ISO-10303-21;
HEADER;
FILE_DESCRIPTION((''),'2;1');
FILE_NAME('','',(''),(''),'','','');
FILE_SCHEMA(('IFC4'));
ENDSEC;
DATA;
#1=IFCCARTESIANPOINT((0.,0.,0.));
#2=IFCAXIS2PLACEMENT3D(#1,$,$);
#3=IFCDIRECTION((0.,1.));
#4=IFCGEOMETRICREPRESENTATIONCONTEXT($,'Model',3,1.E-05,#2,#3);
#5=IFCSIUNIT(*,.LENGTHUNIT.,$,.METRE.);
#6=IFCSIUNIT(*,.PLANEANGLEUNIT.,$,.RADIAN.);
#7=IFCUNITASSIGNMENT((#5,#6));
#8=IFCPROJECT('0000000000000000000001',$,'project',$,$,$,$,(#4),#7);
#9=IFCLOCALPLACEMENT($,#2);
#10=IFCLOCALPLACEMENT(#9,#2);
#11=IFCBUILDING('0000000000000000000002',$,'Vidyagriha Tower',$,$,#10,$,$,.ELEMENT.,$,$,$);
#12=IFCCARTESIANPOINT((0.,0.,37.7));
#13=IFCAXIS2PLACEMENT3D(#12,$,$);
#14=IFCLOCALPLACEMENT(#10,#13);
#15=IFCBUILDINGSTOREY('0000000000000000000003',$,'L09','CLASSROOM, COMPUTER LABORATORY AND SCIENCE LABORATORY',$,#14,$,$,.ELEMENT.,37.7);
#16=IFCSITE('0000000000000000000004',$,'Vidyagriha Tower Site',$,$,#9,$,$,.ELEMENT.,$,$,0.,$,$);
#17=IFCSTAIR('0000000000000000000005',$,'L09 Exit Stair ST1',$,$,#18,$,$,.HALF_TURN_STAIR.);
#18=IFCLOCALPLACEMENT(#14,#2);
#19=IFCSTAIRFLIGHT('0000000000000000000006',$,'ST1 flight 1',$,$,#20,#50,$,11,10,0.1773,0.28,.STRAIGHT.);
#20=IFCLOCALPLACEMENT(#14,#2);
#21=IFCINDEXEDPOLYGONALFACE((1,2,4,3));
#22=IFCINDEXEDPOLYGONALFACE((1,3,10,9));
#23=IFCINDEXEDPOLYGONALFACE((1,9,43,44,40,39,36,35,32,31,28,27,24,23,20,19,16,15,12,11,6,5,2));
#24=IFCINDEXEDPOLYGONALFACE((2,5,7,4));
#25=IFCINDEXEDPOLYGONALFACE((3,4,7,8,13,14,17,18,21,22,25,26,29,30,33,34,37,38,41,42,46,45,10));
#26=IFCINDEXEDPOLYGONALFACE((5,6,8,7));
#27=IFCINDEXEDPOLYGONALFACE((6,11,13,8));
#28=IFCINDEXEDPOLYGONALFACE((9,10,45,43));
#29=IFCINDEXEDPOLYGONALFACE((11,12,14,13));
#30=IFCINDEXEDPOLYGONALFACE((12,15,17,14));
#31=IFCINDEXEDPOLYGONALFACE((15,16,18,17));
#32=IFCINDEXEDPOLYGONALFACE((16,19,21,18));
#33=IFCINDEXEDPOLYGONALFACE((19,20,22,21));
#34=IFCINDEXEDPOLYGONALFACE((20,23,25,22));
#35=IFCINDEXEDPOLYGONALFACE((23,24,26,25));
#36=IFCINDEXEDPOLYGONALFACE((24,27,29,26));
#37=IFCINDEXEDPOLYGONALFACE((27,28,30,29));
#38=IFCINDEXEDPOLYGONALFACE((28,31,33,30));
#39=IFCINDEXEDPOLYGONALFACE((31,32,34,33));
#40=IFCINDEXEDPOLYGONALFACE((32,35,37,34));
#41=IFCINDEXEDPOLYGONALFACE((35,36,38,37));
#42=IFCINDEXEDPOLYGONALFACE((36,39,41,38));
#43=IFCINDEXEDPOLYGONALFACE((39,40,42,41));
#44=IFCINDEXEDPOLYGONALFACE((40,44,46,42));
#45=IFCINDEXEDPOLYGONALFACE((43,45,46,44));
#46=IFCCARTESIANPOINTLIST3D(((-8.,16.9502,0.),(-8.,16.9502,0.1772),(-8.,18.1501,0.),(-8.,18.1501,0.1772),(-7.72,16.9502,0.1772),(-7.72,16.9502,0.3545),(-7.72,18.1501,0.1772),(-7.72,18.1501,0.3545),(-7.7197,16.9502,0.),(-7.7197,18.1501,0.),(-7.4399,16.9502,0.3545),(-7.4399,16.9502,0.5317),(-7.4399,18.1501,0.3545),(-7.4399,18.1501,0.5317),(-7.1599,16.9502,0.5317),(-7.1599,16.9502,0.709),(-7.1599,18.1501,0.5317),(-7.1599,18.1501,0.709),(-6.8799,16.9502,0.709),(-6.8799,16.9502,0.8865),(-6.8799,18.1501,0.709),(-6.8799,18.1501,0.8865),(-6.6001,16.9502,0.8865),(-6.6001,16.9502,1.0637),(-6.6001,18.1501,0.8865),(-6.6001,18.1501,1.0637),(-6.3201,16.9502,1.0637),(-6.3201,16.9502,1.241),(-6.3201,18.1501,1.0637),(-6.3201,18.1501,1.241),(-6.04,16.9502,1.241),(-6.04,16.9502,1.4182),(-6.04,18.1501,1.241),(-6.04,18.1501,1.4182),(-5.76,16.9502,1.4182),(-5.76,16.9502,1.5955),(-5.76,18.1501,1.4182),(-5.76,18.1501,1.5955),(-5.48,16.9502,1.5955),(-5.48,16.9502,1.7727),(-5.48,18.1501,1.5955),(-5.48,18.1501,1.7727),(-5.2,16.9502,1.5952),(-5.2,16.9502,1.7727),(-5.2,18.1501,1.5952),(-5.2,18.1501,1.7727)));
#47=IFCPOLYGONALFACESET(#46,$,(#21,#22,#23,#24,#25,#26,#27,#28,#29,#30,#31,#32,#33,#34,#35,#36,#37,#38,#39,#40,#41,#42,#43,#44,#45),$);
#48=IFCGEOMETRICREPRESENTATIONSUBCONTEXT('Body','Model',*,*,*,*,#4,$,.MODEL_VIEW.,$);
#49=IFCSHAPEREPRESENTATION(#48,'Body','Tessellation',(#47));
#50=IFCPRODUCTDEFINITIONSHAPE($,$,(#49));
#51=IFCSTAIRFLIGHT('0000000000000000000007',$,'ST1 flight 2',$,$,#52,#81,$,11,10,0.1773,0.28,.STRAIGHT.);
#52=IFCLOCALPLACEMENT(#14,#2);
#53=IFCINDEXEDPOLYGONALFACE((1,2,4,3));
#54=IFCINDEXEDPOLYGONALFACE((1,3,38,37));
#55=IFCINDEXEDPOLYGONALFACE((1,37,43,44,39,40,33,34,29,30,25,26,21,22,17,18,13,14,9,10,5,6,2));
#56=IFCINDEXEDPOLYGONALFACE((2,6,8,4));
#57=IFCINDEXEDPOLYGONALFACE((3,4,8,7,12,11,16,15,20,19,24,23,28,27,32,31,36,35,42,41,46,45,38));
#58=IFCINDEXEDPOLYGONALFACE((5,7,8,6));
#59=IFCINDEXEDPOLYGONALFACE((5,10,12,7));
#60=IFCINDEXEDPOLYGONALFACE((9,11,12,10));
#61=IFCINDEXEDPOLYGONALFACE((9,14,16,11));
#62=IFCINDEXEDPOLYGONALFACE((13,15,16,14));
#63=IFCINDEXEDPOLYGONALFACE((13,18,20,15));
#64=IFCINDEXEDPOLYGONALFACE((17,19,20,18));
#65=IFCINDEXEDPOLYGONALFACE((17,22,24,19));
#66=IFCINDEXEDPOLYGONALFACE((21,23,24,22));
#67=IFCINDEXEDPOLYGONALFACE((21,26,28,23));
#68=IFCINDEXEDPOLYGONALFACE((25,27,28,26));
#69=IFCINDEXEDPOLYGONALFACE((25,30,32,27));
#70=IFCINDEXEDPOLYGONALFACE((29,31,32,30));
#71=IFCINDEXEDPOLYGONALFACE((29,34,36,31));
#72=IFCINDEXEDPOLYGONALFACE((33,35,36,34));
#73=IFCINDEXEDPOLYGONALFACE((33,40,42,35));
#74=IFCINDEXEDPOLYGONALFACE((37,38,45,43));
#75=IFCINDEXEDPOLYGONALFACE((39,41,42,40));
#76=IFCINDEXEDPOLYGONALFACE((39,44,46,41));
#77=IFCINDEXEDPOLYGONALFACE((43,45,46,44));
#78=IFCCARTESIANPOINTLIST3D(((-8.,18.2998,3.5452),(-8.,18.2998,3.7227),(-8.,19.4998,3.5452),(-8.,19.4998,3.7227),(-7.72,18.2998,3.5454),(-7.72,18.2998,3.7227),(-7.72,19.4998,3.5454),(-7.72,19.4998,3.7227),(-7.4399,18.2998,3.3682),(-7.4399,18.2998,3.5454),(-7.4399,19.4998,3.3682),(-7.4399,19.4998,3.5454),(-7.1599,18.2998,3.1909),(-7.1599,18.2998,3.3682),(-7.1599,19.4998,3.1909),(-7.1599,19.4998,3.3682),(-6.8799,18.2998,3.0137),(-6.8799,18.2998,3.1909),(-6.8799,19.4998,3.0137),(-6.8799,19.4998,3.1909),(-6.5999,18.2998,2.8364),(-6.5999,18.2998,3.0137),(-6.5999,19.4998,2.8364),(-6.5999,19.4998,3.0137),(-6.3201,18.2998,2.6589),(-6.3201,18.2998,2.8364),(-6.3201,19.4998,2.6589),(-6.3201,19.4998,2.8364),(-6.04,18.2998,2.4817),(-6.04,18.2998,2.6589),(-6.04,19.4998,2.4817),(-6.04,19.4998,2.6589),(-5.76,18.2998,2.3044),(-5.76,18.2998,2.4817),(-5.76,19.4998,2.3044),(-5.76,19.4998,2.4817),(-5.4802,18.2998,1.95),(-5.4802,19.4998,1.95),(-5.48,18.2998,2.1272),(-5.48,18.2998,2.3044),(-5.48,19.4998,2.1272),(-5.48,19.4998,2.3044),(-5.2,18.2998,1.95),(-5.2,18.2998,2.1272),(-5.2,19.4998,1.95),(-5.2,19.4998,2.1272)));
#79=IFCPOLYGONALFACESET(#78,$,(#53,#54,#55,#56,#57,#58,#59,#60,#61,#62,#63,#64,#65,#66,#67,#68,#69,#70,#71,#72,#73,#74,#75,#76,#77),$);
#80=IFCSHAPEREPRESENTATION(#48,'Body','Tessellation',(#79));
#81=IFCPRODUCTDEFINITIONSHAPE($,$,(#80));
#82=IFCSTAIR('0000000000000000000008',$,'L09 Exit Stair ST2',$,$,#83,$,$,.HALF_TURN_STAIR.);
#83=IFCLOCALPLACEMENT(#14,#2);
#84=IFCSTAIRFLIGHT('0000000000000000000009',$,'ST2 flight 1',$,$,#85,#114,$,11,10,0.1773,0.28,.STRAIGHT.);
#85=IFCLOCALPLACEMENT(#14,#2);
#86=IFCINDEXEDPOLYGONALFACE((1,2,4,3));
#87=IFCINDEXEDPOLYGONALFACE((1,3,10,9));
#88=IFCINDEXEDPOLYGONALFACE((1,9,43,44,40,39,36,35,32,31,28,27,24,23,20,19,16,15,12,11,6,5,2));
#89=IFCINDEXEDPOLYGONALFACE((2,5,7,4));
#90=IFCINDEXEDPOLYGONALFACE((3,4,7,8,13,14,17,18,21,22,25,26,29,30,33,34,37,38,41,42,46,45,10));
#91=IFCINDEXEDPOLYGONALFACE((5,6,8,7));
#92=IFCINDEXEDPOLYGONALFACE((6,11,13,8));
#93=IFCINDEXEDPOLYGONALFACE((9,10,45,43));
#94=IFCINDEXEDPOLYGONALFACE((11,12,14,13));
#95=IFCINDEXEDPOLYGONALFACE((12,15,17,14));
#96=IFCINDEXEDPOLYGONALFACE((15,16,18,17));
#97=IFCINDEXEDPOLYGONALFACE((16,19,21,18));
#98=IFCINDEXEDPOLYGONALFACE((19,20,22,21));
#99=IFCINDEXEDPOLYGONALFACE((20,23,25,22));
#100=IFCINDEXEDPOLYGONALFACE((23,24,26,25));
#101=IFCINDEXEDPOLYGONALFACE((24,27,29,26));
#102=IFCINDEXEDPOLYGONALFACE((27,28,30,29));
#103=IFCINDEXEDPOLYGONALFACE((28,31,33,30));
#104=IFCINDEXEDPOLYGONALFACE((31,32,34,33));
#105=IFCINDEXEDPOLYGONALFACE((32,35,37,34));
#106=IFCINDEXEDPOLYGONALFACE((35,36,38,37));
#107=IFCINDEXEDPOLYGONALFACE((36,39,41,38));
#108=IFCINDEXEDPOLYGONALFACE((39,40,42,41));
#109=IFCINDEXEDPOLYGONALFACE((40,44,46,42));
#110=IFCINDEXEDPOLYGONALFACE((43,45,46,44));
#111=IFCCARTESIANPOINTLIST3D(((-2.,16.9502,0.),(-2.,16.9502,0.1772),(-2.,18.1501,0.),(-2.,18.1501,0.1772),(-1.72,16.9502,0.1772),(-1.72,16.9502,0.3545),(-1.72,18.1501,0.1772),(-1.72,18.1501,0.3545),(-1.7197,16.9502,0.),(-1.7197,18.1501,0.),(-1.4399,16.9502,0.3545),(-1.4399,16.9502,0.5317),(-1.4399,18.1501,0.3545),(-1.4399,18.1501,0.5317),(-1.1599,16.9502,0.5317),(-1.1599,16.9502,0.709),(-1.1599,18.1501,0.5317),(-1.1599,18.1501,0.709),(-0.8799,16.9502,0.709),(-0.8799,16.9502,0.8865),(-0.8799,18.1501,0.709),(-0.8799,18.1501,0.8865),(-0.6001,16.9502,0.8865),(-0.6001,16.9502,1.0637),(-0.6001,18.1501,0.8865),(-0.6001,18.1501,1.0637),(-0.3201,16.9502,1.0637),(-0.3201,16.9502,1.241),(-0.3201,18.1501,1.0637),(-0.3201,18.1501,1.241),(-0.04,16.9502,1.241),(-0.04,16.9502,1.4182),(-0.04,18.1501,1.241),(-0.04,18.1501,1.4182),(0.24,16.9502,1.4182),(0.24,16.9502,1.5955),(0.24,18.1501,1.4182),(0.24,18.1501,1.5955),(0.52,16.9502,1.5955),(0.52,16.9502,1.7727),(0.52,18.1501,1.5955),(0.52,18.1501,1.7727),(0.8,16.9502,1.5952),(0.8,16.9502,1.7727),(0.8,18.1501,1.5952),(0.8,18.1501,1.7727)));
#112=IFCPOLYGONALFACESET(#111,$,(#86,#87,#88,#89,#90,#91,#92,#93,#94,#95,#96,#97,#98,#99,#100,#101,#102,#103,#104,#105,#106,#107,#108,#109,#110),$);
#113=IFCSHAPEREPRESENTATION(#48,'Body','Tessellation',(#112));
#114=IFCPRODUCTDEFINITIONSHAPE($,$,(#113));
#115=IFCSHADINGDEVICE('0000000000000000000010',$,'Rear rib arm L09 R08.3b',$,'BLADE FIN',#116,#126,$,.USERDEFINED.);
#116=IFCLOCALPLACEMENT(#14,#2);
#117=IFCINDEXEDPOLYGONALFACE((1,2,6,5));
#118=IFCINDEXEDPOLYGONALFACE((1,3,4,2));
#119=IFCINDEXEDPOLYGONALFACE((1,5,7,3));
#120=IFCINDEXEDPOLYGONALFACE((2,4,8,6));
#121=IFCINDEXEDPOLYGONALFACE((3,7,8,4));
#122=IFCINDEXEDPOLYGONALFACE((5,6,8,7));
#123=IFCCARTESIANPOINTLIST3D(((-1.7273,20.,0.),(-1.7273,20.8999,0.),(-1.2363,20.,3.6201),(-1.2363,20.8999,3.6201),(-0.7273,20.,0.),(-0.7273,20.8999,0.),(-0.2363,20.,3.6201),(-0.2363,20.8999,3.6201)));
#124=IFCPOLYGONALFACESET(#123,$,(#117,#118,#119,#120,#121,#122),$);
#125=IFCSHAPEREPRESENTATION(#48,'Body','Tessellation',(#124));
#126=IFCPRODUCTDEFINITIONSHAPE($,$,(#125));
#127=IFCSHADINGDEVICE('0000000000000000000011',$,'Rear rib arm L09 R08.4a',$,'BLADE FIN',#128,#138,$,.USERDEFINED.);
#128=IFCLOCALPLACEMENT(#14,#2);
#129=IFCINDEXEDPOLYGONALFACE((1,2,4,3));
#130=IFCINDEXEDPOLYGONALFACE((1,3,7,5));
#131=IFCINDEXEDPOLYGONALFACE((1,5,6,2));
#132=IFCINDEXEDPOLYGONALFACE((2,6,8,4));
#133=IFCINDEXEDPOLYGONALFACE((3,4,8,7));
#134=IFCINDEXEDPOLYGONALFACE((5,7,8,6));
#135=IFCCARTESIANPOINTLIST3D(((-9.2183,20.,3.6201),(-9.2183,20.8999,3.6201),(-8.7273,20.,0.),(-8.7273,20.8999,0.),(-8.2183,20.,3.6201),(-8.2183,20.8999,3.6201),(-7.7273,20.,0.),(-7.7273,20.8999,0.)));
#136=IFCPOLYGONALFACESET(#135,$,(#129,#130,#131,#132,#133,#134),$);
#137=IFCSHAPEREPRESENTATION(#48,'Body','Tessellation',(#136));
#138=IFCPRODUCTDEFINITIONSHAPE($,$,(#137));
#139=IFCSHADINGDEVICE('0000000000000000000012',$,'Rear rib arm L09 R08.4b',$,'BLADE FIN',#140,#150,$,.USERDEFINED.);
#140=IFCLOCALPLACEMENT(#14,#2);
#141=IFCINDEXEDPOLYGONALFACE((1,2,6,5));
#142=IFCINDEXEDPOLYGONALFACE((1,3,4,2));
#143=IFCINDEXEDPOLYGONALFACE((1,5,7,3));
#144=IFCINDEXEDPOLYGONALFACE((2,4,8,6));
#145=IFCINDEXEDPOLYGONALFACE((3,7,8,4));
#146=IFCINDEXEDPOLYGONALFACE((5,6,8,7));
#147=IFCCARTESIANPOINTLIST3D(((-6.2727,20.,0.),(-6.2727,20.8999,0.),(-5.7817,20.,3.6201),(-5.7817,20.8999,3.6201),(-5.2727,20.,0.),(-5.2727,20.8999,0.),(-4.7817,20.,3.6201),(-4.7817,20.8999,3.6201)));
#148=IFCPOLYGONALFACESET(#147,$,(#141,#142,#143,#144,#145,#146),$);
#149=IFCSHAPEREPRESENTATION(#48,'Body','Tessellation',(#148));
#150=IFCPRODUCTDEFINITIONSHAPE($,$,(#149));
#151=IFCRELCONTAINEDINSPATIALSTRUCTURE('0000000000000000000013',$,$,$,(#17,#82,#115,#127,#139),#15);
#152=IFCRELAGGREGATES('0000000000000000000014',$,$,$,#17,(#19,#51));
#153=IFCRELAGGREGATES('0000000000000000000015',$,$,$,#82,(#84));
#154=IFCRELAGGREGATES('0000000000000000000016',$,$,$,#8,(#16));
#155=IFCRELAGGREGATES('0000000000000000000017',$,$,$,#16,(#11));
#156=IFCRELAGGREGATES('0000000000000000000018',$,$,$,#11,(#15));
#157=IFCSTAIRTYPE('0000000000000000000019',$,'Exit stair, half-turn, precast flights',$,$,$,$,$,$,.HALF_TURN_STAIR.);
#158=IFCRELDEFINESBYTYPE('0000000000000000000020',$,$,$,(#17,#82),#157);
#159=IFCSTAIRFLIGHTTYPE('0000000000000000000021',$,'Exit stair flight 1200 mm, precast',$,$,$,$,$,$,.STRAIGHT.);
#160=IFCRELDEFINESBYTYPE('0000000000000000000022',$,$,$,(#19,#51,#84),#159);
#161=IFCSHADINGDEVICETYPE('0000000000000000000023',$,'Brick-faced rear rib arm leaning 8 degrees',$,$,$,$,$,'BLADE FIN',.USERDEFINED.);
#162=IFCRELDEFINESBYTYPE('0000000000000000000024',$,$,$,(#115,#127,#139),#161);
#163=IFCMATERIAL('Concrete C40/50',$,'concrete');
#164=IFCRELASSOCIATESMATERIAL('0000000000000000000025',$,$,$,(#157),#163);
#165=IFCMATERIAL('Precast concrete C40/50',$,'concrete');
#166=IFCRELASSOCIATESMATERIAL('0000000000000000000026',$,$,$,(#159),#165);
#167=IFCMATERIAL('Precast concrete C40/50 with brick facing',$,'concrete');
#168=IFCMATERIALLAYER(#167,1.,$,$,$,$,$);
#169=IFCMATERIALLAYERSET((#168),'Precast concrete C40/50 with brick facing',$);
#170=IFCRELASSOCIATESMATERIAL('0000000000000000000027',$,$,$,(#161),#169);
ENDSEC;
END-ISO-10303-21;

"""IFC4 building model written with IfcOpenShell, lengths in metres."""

from ifc_helpers import new_model, si_unit, direction, frame, origin, place, context, subcontext, project, spatial, polyline, outline, extrude, material, layer, layer_set, type_object, element, aggregate, save


model = new_model("IFC4")

# Units and contexts
model_context = context("Model", 3, precision=1e-05, world=origin(), true_north=direction((0.0, 1.0)))
body_context = subcontext(model_context, "Body", "Model", "MODEL_VIEW")
ifc_project = project(units=[si_unit("LENGTHUNIT", "METRE"), si_unit("PLANEANGLEUNIT", "RADIAN")], contexts=[model_context])

# Site, building, storey
site_placement = place(None, origin())
site = spatial("IfcSite", under=ifc_project, at=site_placement, Name="Vidyagriha Tower Site", CompositionType="ELEMENT", RefElevation=0.0)
building_placement = place(site_placement, origin())
building = spatial("IfcBuilding", under=site, at=building_placement, Name="Vidyagriha Tower", CompositionType="ELEMENT")
storey_placement = place(building_placement, frame((0.0, 0.0, 37.7)))
storey = spatial("IfcBuildingStorey", under=building, at=storey_placement, Name="L09", Description="CLASSROOM, COMPUTER LABORATORY AND SCIENCE LABORATORY", CompositionType="ELEMENT", Elevation=37.7)

# Stair, stair flights
ifc_material_1 = material(Name="Concrete C40/50", Category="concrete")
stair_type = type_object("IfcStairType", Name="Exit stair, half-turn, precast flights", PredefinedType="HALF_TURN_STAIR", material=ifc_material_1)
stair_1_placement = place(storey_placement, origin())
stair_1 = element("IfcStair", 1, at=stair_1_placement, inside=storey, type_object=stair_type, Name="L09 Exit Stair ST1", PredefinedType="HALF_TURN_STAIR")
ifc_material_2 = material(Name="Precast concrete C40/50", Category="concrete")
stair_flight_type = type_object("IfcStairFlightType", Name="Exit stair flight 1200 mm, precast", PredefinedType="STRAIGHT", material=ifc_material_2)
stair_flight_1_placement = place(storey_placement, frame((-8.0, 17.55, 0.0)))
stair_flight_1 = element("IfcStairFlight", 2, at=stair_flight_1_placement, type_object=stair_flight_type, Name="ST1 flight 1", NumberOfRisers=11, NumberOfTreads=10, PredefinedType="STRAIGHT", RiserHeight=0.1773, TreadLength=0.28, context=body_context, shape_type="SweptSolid", body=[
    extrude(outline(polyline([(0.0, 0.0), (0.0, 0.1772), (0.28, 0.1772), (0.28, 0.3545), (0.5601, 0.3545), (0.5601, 0.5317), (0.8401, 0.5317), (0.8401, 0.709), (1.1201, 0.709), (1.1201, 0.8865), (1.3999, 0.8865), (1.3999, 1.0637), (1.6799, 1.0637), (1.6799, 1.241), (1.96, 1.241), (1.96, 1.4182), (2.24, 1.4182), (2.24, 1.5955), (2.52, 1.5955), (2.52, 1.7727), (2.8, 1.7727), (2.8, 1.95), (2.8, 1.5952), (0.2803, 0.0), (0.0, 0.0)])), frame((0.0, 0.6001, 0.0), z_axis=(0.0, -1.0, 0.0), x_axis=(1.0, 0.0, 0.0)), (0.0, 0.0, 1.0), 1.2),
])
stair_flight_2_placement = place(storey_placement, frame((-5.2, 18.8999, 1.95), z_axis=(0.0, 0.0, 1.0), x_axis=(-1.0, 0.0, 0.0)))
stair_flight_2 = element("IfcStairFlight", 3, at=stair_flight_2_placement, type_object=stair_flight_type, Name="ST1 flight 2", NumberOfRisers=11, NumberOfTreads=10, PredefinedType="STRAIGHT", RiserHeight=0.1773, TreadLength=0.28, context=body_context, shape_type="SweptSolid", body=[
    extrude(outline(polyline([(0.0, 0.0), (0.0, 0.1772), (0.28, 0.1772), (0.28, 0.3545), (0.5601, 0.3545), (0.5601, 0.5317), (0.8401, 0.5317), (0.8401, 0.709), (1.1201, 0.709), (1.1201, 0.8865), (1.3999, 0.8865), (1.3999, 1.0637), (1.6799, 1.0637), (1.6799, 1.241), (1.96, 1.241), (1.96, 1.4182), (2.24, 1.4182), (2.24, 1.5955), (2.52, 1.5955), (2.52, 1.7727), (2.8, 1.7727), (2.8, 1.95), (2.8, 1.5952), (0.2803, 0.0), (0.0, 0.0)])), frame((0.0, 0.6001, 0.0), z_axis=(0.0, -1.0, 0.0), x_axis=(1.0, 0.0, 0.0)), (0.0, 0.0, 1.0), 1.2),
])
aggregate(stair_1, [stair_flight_1, stair_flight_2])

# Stair, stair flight
stair_2_placement = place(storey_placement, origin())
stair_2 = element("IfcStair", 4, at=stair_2_placement, inside=storey, type_object=stair_type, Name="L09 Exit Stair ST2", PredefinedType="HALF_TURN_STAIR")
stair_flight_3_placement = place(storey_placement, frame((-2.0, 17.55, 0.0)))
stair_flight_3 = element("IfcStairFlight", 5, at=stair_flight_3_placement, type_object=stair_flight_type, Name="ST2 flight 1", NumberOfRisers=11, NumberOfTreads=10, PredefinedType="STRAIGHT", RiserHeight=0.1773, TreadLength=0.28, context=body_context, shape_type="SweptSolid", body=[
    extrude(outline(polyline([(0.0, 0.0), (0.0, 0.1772), (0.28, 0.1772), (0.28, 0.3545), (0.5601, 0.3545), (0.5601, 0.5317), (0.8401, 0.5317), (0.8401, 0.709), (1.1201, 0.709), (1.1201, 0.8865), (1.3999, 0.8865), (1.3999, 1.0637), (1.6799, 1.0637), (1.6799, 1.241), (1.96, 1.241), (1.96, 1.4182), (2.24, 1.4182), (2.24, 1.5955), (2.52, 1.5955), (2.52, 1.7727), (2.8, 1.7727), (2.8, 1.95), (2.8, 1.5952), (0.2803, 0.0), (0.0, 0.0)])), frame((0.0, 0.6001, 0.0), z_axis=(0.0, -1.0, 0.0), x_axis=(1.0, 0.0, 0.0)), (0.0, 0.0, 1.0), 1.2),
])
aggregate(stair_2, [stair_flight_3])

# Shading devices
ifc_material_3 = material(Name="Precast concrete C40/50 with brick facing", Category="concrete")
ifc_layer_1 = layer(ifc_material_3, 1.0)
ifc_layer_set_1 = layer_set([ifc_layer_1], Name="Precast concrete C40/50 with brick facing")
shading_device_type = type_object("IfcShadingDeviceType", Name="Brick-faced rear rib arm leaning 8 degrees", ElementType="BLADE FIN", PredefinedType="USERDEFINED", material=ifc_layer_set_1)
shading_device_1_placement = place(storey_placement, frame((-0.2363, 20.45, 0.0), z_axis=(0.0, 0.0, 1.0), x_axis=(-1.0, 0.0, 0.0)))
element("IfcShadingDevice", 6, at=shading_device_1_placement, inside=storey, type_object=shading_device_type, Name="Rear rib arm L09 R08.3b", ObjectType="BLADE FIN", PredefinedType="USERDEFINED", context=body_context, shape_type="SweptSolid", body=[
    extrude(outline(polyline([(0.491, 0.0), (1.491, 0.0), (1.0, 3.6201), (0.0, 3.6201), (0.491, 0.0)])), frame((0.0, 0.45, 0.0), z_axis=(0.0, -1.0, 0.0), x_axis=(1.0, 0.0, 0.0)), (0.0, 0.0, 1.0), 0.8999),
])
shading_device_2_placement = place(storey_placement, frame((-7.7273, 20.45, 0.0), z_axis=(0.0, 0.0, 1.0), x_axis=(-1.0, 0.0, 0.0)))
element("IfcShadingDevice", 7, at=shading_device_2_placement, inside=storey, type_object=shading_device_type, Name="Rear rib arm L09 R08.4a", ObjectType="BLADE FIN", PredefinedType="USERDEFINED", context=body_context, shape_type="SweptSolid", body=[
    extrude(outline(polyline([(0.0, 0.0), (1.0, 0.0), (1.491, 3.6201), (0.491, 3.6201), (0.0, 0.0)])), frame((0.0, 0.45, 0.0), z_axis=(0.0, -1.0, 0.0), x_axis=(1.0, 0.0, 0.0)), (0.0, 0.0, 1.0), 0.8999),
])
shading_device_3_placement = place(storey_placement, frame((-4.7817, 20.45, 0.0), z_axis=(0.0, 0.0, 1.0), x_axis=(-1.0, 0.0, 0.0)))
element("IfcShadingDevice", 8, at=shading_device_3_placement, inside=storey, type_object=shading_device_type, Name="Rear rib arm L09 R08.4b", ObjectType="BLADE FIN", PredefinedType="USERDEFINED", context=body_context, shape_type="SweptSolid", body=[
    extrude(outline(polyline([(0.491, 0.0), (1.491, 0.0), (1.0, 3.6201), (0.0, 3.6201), (0.491, 0.0)])), frame((0.0, 0.45, 0.0), z_axis=(0.0, -1.0, 0.0), x_axis=(1.0, 0.0, 0.0)), (0.0, 0.0, 1.0), 0.8999),
])

save(model, "model.ifc")
